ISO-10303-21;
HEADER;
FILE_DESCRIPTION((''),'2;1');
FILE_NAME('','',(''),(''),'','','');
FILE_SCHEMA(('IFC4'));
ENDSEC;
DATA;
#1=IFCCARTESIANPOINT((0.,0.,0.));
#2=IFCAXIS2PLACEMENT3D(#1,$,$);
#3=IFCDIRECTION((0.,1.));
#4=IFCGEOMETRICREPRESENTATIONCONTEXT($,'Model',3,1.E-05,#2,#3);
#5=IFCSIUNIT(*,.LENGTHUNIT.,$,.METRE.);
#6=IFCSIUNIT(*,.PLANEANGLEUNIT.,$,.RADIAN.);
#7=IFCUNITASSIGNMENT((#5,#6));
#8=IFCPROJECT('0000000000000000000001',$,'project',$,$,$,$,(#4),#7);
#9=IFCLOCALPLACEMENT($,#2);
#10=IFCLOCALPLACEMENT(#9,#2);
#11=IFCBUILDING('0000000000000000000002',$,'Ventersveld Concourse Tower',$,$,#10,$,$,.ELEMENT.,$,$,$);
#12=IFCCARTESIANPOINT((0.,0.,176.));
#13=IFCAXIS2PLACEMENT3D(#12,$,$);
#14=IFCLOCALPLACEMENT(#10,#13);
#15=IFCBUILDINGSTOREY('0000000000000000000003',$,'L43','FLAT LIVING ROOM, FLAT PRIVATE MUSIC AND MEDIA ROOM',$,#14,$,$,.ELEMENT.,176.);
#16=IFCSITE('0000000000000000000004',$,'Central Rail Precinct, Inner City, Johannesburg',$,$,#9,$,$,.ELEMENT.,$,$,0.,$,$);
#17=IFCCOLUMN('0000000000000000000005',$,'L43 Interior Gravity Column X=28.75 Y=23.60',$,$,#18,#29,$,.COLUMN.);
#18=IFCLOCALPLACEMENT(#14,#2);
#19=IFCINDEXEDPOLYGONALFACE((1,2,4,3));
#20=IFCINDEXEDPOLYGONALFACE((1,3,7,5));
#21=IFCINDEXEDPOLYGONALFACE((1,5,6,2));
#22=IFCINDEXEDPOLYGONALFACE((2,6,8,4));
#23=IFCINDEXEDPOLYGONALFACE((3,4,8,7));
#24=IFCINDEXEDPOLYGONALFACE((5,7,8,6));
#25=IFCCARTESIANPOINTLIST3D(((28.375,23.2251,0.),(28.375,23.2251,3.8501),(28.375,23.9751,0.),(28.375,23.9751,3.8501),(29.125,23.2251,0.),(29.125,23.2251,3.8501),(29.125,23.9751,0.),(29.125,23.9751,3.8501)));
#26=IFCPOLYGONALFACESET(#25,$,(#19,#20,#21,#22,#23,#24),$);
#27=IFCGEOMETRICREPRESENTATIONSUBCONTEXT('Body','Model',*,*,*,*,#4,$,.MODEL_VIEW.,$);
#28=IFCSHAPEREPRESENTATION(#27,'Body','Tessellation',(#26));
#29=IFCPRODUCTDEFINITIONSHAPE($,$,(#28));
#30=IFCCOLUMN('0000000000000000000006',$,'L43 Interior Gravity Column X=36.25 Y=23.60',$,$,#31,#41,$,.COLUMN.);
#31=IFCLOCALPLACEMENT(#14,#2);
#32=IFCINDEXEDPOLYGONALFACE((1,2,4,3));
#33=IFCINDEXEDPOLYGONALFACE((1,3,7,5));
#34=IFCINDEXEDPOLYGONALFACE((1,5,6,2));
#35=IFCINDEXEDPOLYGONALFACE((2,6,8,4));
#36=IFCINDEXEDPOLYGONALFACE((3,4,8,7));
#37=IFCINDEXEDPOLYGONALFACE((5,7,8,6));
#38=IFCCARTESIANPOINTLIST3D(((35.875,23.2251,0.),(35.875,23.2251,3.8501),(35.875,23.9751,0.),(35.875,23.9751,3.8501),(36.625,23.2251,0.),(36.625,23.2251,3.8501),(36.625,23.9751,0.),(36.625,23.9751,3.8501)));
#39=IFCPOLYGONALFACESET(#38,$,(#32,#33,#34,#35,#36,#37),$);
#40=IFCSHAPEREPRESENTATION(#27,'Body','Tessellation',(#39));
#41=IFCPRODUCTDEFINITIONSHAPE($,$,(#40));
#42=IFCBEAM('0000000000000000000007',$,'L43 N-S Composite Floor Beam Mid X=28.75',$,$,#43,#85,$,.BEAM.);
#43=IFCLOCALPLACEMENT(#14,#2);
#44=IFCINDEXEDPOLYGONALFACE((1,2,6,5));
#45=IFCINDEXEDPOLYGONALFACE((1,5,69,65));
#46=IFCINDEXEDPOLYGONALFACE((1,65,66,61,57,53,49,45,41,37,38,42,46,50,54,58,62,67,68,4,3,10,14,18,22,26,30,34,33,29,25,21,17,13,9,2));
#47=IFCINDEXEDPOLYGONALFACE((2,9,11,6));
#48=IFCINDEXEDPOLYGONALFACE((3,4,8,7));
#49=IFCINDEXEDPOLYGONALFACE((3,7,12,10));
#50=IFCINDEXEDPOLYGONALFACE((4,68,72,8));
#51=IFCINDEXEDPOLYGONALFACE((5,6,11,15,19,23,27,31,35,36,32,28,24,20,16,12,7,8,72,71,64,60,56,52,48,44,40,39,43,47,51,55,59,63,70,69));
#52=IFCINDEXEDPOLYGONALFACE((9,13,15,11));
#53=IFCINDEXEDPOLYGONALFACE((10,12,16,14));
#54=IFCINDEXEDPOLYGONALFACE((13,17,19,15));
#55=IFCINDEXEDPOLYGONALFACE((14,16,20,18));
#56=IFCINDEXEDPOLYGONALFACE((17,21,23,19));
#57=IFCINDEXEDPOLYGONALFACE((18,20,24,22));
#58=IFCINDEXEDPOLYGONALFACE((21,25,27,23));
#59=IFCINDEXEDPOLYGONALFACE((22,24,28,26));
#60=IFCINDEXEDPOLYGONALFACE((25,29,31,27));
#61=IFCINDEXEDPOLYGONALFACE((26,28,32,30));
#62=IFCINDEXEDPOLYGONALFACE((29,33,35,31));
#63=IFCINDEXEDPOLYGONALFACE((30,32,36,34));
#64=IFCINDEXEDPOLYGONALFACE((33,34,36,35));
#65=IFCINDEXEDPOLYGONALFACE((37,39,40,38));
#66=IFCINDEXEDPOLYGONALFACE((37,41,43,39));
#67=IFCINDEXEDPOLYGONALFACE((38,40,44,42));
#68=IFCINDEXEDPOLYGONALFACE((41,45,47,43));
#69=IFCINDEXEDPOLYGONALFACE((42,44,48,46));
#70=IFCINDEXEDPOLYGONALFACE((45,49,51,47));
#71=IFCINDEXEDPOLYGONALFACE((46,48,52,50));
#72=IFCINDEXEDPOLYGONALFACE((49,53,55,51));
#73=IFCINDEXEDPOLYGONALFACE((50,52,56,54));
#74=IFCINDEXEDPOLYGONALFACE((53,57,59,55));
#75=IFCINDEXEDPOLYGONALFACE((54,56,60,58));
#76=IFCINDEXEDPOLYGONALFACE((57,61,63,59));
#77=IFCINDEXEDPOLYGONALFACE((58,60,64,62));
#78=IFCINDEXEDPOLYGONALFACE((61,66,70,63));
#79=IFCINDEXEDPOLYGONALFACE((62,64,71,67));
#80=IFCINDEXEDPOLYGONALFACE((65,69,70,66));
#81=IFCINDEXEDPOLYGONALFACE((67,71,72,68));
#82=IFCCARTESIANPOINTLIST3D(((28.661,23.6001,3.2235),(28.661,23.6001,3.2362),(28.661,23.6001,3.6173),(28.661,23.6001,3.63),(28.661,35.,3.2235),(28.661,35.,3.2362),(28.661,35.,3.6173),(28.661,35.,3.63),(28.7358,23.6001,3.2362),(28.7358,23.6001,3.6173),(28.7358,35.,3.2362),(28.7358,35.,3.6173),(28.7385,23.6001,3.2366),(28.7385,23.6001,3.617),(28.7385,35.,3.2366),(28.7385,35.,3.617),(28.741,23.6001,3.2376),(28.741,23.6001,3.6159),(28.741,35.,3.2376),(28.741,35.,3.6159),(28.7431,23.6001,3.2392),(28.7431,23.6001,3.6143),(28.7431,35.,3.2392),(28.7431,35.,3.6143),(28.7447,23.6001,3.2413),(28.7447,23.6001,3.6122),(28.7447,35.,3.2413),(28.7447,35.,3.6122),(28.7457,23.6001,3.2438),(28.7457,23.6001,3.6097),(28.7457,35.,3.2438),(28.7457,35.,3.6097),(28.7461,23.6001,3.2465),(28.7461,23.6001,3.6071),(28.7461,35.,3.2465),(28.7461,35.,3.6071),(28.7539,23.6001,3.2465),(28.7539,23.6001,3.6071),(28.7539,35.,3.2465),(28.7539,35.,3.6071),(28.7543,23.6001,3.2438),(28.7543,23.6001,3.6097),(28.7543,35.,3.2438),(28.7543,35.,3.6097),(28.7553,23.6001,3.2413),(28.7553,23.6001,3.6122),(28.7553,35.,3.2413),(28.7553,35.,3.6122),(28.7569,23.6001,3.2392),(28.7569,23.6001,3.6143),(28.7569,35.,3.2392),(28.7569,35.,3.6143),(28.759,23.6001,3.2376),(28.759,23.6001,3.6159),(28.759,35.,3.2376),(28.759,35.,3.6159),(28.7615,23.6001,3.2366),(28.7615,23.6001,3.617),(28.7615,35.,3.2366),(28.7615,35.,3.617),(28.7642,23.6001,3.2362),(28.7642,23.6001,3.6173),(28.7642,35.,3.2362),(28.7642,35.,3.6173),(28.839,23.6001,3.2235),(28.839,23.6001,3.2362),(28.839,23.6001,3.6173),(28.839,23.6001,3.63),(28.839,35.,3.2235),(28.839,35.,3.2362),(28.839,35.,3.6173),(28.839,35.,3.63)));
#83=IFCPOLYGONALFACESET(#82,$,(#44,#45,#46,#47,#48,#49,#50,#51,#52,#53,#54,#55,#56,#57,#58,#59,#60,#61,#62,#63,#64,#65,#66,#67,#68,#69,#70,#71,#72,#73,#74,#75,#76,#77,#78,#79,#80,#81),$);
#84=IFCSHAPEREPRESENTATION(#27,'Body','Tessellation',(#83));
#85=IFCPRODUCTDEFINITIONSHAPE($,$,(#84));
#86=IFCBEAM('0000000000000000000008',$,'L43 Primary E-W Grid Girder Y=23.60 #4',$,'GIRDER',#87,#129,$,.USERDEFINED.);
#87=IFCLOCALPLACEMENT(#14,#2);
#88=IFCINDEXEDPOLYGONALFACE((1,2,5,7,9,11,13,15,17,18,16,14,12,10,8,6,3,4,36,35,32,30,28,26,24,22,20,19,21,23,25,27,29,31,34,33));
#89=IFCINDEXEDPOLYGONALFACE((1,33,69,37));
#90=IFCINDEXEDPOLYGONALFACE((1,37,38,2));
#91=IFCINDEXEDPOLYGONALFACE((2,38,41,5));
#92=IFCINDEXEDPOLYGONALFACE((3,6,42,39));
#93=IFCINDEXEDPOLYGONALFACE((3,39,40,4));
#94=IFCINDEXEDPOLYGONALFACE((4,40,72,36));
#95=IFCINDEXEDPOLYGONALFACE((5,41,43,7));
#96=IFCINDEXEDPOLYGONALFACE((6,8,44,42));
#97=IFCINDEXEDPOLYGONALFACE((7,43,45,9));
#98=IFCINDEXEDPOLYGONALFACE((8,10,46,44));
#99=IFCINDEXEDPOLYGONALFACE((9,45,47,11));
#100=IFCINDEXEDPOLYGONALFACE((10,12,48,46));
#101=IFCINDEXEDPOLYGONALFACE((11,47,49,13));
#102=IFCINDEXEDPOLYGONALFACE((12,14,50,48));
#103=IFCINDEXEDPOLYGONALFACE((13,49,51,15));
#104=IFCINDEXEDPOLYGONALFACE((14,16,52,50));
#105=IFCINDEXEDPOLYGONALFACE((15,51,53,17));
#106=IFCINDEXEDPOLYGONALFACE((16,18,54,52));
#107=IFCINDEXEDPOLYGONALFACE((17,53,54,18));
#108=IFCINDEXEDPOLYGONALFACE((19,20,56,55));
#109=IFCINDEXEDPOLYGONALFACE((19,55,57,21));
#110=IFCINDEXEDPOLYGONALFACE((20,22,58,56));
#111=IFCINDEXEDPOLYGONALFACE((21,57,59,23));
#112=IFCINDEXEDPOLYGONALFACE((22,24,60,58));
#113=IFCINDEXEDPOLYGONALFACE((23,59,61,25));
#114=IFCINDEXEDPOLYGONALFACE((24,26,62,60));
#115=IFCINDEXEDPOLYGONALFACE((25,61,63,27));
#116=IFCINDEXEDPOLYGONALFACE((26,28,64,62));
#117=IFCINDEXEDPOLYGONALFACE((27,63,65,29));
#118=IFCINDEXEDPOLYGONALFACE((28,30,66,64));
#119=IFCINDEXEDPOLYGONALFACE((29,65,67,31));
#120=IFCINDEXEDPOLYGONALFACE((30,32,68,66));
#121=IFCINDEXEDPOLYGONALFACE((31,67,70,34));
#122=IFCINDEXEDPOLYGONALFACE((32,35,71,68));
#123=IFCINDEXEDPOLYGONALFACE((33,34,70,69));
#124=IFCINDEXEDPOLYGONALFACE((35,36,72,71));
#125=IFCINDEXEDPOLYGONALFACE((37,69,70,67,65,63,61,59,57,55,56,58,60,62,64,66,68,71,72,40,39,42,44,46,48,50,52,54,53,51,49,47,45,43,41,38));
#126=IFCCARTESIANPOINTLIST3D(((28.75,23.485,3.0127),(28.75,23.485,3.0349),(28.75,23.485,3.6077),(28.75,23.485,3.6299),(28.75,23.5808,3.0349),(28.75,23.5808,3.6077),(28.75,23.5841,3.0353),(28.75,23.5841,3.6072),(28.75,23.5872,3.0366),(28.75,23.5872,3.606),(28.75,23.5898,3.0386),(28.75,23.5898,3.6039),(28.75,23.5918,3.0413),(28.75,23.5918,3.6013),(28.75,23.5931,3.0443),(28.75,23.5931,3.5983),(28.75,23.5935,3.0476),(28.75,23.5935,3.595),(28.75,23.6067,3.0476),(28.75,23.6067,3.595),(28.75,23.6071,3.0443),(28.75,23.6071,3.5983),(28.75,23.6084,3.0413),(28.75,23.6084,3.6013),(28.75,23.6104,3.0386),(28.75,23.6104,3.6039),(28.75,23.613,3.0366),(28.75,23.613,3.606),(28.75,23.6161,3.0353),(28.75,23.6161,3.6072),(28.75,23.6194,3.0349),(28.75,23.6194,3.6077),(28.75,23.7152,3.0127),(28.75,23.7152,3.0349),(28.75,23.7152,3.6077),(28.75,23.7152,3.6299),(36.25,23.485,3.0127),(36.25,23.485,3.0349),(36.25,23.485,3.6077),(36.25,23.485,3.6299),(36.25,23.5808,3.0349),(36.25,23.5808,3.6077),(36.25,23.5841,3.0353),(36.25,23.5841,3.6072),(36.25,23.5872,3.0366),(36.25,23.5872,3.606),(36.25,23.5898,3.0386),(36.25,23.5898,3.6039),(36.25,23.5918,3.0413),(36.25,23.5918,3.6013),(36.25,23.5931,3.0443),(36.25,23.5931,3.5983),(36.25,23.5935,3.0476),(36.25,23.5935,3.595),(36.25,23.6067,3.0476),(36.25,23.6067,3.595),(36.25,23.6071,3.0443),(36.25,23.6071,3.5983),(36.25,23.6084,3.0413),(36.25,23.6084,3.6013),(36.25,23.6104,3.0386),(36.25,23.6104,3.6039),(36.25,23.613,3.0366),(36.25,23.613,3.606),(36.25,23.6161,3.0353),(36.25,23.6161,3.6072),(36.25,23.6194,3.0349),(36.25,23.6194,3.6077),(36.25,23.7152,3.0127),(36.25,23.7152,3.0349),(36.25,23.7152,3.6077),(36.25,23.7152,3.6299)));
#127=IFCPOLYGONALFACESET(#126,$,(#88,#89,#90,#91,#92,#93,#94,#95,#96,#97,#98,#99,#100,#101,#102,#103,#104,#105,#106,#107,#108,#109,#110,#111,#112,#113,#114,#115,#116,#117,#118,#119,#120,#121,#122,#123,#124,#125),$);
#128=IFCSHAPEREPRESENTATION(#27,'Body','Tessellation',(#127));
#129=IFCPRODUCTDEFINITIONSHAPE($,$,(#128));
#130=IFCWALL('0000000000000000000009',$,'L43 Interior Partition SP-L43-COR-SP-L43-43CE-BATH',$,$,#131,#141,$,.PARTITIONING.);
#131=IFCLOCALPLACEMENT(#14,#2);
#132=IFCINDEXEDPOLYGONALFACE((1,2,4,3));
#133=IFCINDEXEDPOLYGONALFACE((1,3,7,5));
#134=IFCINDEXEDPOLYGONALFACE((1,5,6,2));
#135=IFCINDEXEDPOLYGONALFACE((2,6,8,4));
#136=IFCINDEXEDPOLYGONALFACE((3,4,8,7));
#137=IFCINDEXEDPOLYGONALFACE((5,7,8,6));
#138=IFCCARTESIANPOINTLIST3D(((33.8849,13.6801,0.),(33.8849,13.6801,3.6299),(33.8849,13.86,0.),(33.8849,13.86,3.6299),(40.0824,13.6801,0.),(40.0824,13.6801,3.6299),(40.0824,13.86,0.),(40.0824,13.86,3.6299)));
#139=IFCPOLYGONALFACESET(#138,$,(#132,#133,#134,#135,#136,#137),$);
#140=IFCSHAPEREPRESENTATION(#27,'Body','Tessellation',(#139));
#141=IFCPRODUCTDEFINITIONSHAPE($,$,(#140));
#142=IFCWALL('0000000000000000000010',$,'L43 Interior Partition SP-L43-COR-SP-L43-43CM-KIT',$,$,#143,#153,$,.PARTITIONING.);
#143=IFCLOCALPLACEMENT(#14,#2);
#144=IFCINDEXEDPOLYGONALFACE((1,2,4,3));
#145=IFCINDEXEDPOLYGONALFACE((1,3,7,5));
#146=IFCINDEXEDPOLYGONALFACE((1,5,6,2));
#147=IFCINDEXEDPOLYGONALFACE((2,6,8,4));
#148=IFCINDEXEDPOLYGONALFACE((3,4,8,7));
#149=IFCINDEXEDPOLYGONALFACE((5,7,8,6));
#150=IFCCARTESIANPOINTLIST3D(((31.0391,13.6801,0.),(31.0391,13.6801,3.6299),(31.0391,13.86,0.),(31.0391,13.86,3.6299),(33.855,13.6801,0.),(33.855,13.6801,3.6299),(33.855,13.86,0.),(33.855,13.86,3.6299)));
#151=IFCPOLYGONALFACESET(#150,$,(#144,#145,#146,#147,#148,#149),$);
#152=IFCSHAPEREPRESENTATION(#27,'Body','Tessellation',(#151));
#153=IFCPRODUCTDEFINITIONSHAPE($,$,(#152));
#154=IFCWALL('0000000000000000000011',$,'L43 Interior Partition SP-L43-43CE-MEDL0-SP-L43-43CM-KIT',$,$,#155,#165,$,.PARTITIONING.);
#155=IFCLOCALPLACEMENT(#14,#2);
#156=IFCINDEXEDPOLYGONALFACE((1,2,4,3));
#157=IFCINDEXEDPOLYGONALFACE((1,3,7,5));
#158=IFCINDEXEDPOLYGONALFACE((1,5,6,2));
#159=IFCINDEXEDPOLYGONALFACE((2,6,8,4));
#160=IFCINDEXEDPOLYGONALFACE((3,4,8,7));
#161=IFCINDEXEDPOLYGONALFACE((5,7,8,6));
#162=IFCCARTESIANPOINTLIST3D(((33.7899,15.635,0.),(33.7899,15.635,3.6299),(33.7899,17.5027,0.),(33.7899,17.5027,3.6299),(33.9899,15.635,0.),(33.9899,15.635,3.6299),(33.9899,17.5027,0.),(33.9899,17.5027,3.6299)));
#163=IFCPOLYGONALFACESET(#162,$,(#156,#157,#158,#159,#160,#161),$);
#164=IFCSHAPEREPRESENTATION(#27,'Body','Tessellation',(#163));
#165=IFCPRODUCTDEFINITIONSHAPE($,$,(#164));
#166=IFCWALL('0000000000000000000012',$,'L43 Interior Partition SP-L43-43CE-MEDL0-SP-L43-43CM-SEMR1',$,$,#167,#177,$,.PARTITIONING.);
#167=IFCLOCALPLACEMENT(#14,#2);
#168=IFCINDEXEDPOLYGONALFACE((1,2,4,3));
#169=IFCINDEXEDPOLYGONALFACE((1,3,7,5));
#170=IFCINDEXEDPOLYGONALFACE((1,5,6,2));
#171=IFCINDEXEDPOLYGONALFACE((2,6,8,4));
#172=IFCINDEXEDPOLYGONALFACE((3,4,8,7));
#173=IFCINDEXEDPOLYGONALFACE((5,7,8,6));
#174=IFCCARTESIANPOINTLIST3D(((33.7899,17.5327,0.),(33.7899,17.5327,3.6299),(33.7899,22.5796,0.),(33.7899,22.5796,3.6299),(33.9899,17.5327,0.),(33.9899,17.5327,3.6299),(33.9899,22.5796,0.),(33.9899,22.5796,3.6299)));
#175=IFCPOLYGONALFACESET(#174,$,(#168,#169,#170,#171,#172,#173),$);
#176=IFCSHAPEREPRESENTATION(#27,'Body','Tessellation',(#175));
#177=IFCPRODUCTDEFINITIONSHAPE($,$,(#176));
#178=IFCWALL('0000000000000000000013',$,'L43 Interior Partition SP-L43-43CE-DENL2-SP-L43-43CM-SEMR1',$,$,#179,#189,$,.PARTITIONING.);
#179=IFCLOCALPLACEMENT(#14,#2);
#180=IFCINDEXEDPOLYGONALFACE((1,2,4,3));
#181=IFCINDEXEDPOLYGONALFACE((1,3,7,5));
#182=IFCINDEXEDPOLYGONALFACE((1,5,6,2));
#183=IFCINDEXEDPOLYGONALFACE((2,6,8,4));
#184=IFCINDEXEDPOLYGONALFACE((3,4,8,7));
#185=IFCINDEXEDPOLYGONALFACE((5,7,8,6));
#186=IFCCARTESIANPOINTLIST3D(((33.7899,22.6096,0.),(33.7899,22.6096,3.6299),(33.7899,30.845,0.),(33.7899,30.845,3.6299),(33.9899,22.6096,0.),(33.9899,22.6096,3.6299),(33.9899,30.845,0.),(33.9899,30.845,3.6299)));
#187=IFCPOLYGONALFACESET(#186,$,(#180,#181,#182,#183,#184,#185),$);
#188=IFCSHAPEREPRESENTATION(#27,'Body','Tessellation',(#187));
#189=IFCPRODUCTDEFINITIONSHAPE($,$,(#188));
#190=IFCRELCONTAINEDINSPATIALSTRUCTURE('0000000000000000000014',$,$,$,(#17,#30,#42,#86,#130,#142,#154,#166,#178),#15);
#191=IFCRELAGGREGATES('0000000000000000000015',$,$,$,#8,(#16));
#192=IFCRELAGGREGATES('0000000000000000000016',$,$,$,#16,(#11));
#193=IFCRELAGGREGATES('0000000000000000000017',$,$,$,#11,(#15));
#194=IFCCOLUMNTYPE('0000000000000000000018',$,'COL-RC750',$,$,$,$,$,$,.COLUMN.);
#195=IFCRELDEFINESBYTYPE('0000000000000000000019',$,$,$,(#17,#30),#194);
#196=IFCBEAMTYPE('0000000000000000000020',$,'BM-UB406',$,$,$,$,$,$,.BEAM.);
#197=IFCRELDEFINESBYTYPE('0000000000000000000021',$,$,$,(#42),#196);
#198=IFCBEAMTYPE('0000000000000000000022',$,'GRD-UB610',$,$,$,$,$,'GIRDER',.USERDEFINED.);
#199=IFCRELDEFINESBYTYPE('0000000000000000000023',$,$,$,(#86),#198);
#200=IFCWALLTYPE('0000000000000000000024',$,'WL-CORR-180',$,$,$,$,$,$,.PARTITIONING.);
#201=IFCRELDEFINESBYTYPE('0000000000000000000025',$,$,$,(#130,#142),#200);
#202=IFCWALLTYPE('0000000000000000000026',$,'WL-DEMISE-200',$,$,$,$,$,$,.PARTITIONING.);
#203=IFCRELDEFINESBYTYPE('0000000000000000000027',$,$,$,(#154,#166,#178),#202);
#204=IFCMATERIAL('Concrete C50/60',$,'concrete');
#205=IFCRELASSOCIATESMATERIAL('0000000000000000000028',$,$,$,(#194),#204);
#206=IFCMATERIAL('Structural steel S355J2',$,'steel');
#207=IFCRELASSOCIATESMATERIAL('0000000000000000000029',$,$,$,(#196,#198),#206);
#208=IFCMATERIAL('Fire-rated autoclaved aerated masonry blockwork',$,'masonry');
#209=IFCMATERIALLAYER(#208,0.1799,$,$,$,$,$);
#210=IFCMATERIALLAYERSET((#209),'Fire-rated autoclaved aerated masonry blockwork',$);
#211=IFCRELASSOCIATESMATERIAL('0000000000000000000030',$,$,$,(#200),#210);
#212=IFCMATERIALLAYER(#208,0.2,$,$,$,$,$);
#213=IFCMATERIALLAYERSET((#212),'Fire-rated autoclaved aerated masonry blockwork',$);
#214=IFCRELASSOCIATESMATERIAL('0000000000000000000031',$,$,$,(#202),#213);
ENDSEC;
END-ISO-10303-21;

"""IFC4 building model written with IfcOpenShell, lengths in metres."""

from ifc_helpers import new_model, si_unit, direction, frame, frame_2d, origin, origin_2d, place, context, subcontext, project, spatial, rectangle, i_section, extrude, material, layer, layer_set, material_profile, profile_set, type_object, element, save


model = new_model("IFC4")

# Units and contexts
model_context = context("Model", 3, precision=1e-05, world=origin(), true_north=direction((0.0, 1.0)))
body_context = subcontext(model_context, "Body", "Model", "MODEL_VIEW")
ifc_project = project(units=[si_unit("LENGTHUNIT", "METRE"), si_unit("PLANEANGLEUNIT", "RADIAN")], contexts=[model_context])

# Site, building, storey
site_placement = place(None, origin())
site = spatial("IfcSite", under=ifc_project, at=site_placement, Name="Central Rail Precinct, Inner City, Johannesburg", CompositionType="ELEMENT", RefElevation=0.0)
building_placement = place(site_placement, origin())
building = spatial("IfcBuilding", under=site, at=building_placement, Name="Ventersveld Concourse Tower", CompositionType="ELEMENT")
storey_placement = place(building_placement, frame((0.0, 0.0, 176.0)))
storey = spatial("IfcBuildingStorey", under=building, at=storey_placement, Name="L43", Description="FLAT LIVING ROOM, FLAT PRIVATE MUSIC AND MEDIA ROOM", CompositionType="ELEMENT", Elevation=176.0)

# Columns
ifc_material_1 = material(Name="Concrete C50/60", Category="concrete")
ifc_material_profile_1 = material_profile(ifc_material_1, rectangle(XDim=0.75, YDim=0.75, at=origin_2d()), Name="RC 750x750")
ifc_profile_set_1 = profile_set([ifc_material_profile_1], Name="Concrete C50/60")
column_type = type_object("IfcColumnType", Name="COL-RC750", PredefinedType="COLUMN", material=ifc_profile_set_1)
for number, where, z_axis, x_axis, name in (
    (1, (28.75, 23.6001, 0.0), (0.0, 0.0, 1.0), (1.0, 0.0, 0.0), "L43 Interior Gravity Column X=28.75 Y=23.60"),
    (2, (36.25, 23.6001, 0.0), (0.0, 0.0, 1.0), (1.0, 0.0, 0.0), "L43 Interior Gravity Column X=36.25 Y=23.60"),
):
    element("IfcColumn", number, at=place(storey_placement, frame(where, z_axis=z_axis, x_axis=x_axis)), inside=storey, type_object=column_type, Name=name, PredefinedType="COLUMN", context=body_context, shape_type="SweptSolid", body=[
        extrude(rectangle(XDim=0.75, YDim=0.75, at=origin_2d()), origin(), (0.0, 0.0, 1.0), 3.8501),
    ])

# Beams
ifc_material_2 = material(Name="Structural steel S355J2", Category="steel")
ifc_material_profile_2 = material_profile(ifc_material_2, i_section(OverallWidth=0.178, OverallDepth=0.4065, WebThickness=0.0078, FlangeThickness=0.0127, FilletRadius=0.0103, at=origin_2d()), Name="UB 406x178x60")
ifc_profile_set_2 = profile_set([ifc_material_profile_2], Name="Structural steel S355J2")
beam_type_1 = type_object("IfcBeamType", Name="BM-UB406", PredefinedType="BEAM", material=ifc_profile_set_2)
beam_1_placement = place(storey_placement, frame((28.75, 23.6001, 3.4268), z_axis=(0.0, 1.0, 0.0), x_axis=(-1.0, 0.0, 0.0)))
element("IfcBeam", 3, at=beam_1_placement, inside=storey, type_object=beam_type_1, Name="L43 N-S Composite Floor Beam Mid X=28.75", PredefinedType="BEAM", context=body_context, shape_type="SweptSolid", body=[
    extrude(i_section(OverallWidth=0.178, OverallDepth=0.4065, WebThickness=0.0078, FlangeThickness=0.0127, FilletRadius=0.0103, at=origin_2d()), origin(), (0.0, 0.0, 1.0), 11.3999),
])
ifc_material_profile_3 = material_profile(ifc_material_2, i_section(OverallWidth=0.2302, OverallDepth=0.6172, WebThickness=0.0132, FlangeThickness=0.0222, FilletRadius=0.0127, at=origin_2d()), Name="UB 610x229x140")
ifc_profile_set_3 = profile_set([ifc_material_profile_3], Name="Structural steel S355J2")
beam_type_2 = type_object("IfcBeamType", Name="GRD-UB610", ElementType="GIRDER", PredefinedType="USERDEFINED", material=ifc_profile_set_3)
beam_2_placement = place(storey_placement, frame((28.75, 23.6001, 3.3213), z_axis=(1.0, 0.0, 0.0), x_axis=(0.0, 1.0, 0.0)))
element("IfcBeam", 4, at=beam_2_placement, inside=storey, type_object=beam_type_2, Name="L43 Primary E-W Grid Girder Y=23.60 #4", ObjectType="GIRDER", PredefinedType="USERDEFINED", context=body_context, shape_type="SweptSolid", body=[
    extrude(i_section(OverallWidth=0.2302, OverallDepth=0.6172, WebThickness=0.0132, FlangeThickness=0.0222, FilletRadius=0.0127, at=origin_2d()), origin(), (0.0, 0.0, 1.0), 7.5),
])

# Wall
ifc_material_3 = material(Name="Fire-rated autoclaved aerated masonry blockwork", Category="masonry")
ifc_layer_1 = layer(ifc_material_3, 0.1799)
ifc_layer_set_1 = layer_set([ifc_layer_1], Name="Fire-rated autoclaved aerated masonry blockwork")
wall_type_1 = type_object("IfcWallType", Name="WL-CORR-180", PredefinedType="PARTITIONING", material=ifc_layer_set_1)
wall_1_placement = place(storey_placement, frame((33.885, 13.77, 0.0), z_axis=(0.0, 0.0, 1.0), x_axis=(1.0, 0.0, 0.0)))
element("IfcWall", 5, at=wall_1_placement, inside=storey, type_object=wall_type_1, Name="L43 Interior Partition SP-L43-COR-SP-L43-43CE-BATH", PredefinedType="PARTITIONING", context=body_context, shape_type="SweptSolid", body=[
    extrude(rectangle(XDim=6.1975, YDim=0.1799, at=frame_2d((3.0986, 0.0))), origin(), (0.0, 0.0, 1.0), 3.6299),
])

# Walls
wall_2_placement = place(storey_placement, frame((31.0391, 13.77, 0.0), z_axis=(0.0, 0.0, 1.0), x_axis=(1.0, 0.0, 0.0)))
element("IfcWall", 6, at=wall_2_placement, inside=storey, type_object=wall_type_1, Name="L43 Interior Partition SP-L43-COR-SP-L43-43CM-KIT", PredefinedType="PARTITIONING", context=body_context, shape_type="SweptSolid", body=[
    extrude(rectangle(XDim=2.8159, YDim=0.1799, at=frame_2d((1.408, 0.0))), origin(), (0.0, 0.0, 1.0), 3.6299),
])
ifc_layer_2 = layer(ifc_material_3, 0.2)
ifc_layer_set_2 = layer_set([ifc_layer_2], Name="Fire-rated autoclaved aerated masonry blockwork")
wall_type_2 = type_object("IfcWallType", Name="WL-DEMISE-200", PredefinedType="PARTITIONING", material=ifc_layer_set_2)
wall_3_placement = place(storey_placement, frame((33.8899, 15.635, 0.0), z_axis=(0.0, 0.0, 1.0), x_axis=(0.0, 1.0, 0.0)))
element("IfcWall", 7, at=wall_3_placement, inside=storey, type_object=wall_type_2, Name="L43 Interior Partition SP-L43-43CE-MEDL0-SP-L43-43CM-KIT", PredefinedType="PARTITIONING", context=body_context, shape_type="SweptSolid", body=[
    extrude(rectangle(XDim=1.8677, YDim=0.2, at=frame_2d((0.9338, 0.0))), origin(), (0.0, 0.0, 1.0), 3.6299),
])
wall_4_placement = place(storey_placement, frame((33.8899, 17.5327, 0.0), z_axis=(0.0, 0.0, 1.0), x_axis=(0.0, 1.0, 0.0)))
element("IfcWall", 8, at=wall_4_placement, inside=storey, type_object=wall_type_2, Name="L43 Interior Partition SP-L43-43CE-MEDL0-SP-L43-43CM-SEMR1", PredefinedType="PARTITIONING", context=body_context, shape_type="SweptSolid", body=[
    extrude(rectangle(XDim=5.0469, YDim=0.2, at=frame_2d((2.5234, 0.0))), origin(), (0.0, 0.0, 1.0), 3.6299),
])
wall_5_placement = place(storey_placement, frame((33.8899, 22.6096, 0.0), z_axis=(0.0, 0.0, 1.0), x_axis=(0.0, 1.0, 0.0)))
element("IfcWall", 9, at=wall_5_placement, inside=storey, type_object=wall_type_2, Name="L43 Interior Partition SP-L43-43CE-DENL2-SP-L43-43CM-SEMR1", PredefinedType="PARTITIONING", context=body_context, shape_type="SweptSolid", body=[
    extrude(rectangle(XDim=8.2354, YDim=0.2, at=frame_2d((4.1177, 0.0))), origin(), (0.0, 0.0, 1.0), 3.6299),
])

save(model, "model.ifc")
